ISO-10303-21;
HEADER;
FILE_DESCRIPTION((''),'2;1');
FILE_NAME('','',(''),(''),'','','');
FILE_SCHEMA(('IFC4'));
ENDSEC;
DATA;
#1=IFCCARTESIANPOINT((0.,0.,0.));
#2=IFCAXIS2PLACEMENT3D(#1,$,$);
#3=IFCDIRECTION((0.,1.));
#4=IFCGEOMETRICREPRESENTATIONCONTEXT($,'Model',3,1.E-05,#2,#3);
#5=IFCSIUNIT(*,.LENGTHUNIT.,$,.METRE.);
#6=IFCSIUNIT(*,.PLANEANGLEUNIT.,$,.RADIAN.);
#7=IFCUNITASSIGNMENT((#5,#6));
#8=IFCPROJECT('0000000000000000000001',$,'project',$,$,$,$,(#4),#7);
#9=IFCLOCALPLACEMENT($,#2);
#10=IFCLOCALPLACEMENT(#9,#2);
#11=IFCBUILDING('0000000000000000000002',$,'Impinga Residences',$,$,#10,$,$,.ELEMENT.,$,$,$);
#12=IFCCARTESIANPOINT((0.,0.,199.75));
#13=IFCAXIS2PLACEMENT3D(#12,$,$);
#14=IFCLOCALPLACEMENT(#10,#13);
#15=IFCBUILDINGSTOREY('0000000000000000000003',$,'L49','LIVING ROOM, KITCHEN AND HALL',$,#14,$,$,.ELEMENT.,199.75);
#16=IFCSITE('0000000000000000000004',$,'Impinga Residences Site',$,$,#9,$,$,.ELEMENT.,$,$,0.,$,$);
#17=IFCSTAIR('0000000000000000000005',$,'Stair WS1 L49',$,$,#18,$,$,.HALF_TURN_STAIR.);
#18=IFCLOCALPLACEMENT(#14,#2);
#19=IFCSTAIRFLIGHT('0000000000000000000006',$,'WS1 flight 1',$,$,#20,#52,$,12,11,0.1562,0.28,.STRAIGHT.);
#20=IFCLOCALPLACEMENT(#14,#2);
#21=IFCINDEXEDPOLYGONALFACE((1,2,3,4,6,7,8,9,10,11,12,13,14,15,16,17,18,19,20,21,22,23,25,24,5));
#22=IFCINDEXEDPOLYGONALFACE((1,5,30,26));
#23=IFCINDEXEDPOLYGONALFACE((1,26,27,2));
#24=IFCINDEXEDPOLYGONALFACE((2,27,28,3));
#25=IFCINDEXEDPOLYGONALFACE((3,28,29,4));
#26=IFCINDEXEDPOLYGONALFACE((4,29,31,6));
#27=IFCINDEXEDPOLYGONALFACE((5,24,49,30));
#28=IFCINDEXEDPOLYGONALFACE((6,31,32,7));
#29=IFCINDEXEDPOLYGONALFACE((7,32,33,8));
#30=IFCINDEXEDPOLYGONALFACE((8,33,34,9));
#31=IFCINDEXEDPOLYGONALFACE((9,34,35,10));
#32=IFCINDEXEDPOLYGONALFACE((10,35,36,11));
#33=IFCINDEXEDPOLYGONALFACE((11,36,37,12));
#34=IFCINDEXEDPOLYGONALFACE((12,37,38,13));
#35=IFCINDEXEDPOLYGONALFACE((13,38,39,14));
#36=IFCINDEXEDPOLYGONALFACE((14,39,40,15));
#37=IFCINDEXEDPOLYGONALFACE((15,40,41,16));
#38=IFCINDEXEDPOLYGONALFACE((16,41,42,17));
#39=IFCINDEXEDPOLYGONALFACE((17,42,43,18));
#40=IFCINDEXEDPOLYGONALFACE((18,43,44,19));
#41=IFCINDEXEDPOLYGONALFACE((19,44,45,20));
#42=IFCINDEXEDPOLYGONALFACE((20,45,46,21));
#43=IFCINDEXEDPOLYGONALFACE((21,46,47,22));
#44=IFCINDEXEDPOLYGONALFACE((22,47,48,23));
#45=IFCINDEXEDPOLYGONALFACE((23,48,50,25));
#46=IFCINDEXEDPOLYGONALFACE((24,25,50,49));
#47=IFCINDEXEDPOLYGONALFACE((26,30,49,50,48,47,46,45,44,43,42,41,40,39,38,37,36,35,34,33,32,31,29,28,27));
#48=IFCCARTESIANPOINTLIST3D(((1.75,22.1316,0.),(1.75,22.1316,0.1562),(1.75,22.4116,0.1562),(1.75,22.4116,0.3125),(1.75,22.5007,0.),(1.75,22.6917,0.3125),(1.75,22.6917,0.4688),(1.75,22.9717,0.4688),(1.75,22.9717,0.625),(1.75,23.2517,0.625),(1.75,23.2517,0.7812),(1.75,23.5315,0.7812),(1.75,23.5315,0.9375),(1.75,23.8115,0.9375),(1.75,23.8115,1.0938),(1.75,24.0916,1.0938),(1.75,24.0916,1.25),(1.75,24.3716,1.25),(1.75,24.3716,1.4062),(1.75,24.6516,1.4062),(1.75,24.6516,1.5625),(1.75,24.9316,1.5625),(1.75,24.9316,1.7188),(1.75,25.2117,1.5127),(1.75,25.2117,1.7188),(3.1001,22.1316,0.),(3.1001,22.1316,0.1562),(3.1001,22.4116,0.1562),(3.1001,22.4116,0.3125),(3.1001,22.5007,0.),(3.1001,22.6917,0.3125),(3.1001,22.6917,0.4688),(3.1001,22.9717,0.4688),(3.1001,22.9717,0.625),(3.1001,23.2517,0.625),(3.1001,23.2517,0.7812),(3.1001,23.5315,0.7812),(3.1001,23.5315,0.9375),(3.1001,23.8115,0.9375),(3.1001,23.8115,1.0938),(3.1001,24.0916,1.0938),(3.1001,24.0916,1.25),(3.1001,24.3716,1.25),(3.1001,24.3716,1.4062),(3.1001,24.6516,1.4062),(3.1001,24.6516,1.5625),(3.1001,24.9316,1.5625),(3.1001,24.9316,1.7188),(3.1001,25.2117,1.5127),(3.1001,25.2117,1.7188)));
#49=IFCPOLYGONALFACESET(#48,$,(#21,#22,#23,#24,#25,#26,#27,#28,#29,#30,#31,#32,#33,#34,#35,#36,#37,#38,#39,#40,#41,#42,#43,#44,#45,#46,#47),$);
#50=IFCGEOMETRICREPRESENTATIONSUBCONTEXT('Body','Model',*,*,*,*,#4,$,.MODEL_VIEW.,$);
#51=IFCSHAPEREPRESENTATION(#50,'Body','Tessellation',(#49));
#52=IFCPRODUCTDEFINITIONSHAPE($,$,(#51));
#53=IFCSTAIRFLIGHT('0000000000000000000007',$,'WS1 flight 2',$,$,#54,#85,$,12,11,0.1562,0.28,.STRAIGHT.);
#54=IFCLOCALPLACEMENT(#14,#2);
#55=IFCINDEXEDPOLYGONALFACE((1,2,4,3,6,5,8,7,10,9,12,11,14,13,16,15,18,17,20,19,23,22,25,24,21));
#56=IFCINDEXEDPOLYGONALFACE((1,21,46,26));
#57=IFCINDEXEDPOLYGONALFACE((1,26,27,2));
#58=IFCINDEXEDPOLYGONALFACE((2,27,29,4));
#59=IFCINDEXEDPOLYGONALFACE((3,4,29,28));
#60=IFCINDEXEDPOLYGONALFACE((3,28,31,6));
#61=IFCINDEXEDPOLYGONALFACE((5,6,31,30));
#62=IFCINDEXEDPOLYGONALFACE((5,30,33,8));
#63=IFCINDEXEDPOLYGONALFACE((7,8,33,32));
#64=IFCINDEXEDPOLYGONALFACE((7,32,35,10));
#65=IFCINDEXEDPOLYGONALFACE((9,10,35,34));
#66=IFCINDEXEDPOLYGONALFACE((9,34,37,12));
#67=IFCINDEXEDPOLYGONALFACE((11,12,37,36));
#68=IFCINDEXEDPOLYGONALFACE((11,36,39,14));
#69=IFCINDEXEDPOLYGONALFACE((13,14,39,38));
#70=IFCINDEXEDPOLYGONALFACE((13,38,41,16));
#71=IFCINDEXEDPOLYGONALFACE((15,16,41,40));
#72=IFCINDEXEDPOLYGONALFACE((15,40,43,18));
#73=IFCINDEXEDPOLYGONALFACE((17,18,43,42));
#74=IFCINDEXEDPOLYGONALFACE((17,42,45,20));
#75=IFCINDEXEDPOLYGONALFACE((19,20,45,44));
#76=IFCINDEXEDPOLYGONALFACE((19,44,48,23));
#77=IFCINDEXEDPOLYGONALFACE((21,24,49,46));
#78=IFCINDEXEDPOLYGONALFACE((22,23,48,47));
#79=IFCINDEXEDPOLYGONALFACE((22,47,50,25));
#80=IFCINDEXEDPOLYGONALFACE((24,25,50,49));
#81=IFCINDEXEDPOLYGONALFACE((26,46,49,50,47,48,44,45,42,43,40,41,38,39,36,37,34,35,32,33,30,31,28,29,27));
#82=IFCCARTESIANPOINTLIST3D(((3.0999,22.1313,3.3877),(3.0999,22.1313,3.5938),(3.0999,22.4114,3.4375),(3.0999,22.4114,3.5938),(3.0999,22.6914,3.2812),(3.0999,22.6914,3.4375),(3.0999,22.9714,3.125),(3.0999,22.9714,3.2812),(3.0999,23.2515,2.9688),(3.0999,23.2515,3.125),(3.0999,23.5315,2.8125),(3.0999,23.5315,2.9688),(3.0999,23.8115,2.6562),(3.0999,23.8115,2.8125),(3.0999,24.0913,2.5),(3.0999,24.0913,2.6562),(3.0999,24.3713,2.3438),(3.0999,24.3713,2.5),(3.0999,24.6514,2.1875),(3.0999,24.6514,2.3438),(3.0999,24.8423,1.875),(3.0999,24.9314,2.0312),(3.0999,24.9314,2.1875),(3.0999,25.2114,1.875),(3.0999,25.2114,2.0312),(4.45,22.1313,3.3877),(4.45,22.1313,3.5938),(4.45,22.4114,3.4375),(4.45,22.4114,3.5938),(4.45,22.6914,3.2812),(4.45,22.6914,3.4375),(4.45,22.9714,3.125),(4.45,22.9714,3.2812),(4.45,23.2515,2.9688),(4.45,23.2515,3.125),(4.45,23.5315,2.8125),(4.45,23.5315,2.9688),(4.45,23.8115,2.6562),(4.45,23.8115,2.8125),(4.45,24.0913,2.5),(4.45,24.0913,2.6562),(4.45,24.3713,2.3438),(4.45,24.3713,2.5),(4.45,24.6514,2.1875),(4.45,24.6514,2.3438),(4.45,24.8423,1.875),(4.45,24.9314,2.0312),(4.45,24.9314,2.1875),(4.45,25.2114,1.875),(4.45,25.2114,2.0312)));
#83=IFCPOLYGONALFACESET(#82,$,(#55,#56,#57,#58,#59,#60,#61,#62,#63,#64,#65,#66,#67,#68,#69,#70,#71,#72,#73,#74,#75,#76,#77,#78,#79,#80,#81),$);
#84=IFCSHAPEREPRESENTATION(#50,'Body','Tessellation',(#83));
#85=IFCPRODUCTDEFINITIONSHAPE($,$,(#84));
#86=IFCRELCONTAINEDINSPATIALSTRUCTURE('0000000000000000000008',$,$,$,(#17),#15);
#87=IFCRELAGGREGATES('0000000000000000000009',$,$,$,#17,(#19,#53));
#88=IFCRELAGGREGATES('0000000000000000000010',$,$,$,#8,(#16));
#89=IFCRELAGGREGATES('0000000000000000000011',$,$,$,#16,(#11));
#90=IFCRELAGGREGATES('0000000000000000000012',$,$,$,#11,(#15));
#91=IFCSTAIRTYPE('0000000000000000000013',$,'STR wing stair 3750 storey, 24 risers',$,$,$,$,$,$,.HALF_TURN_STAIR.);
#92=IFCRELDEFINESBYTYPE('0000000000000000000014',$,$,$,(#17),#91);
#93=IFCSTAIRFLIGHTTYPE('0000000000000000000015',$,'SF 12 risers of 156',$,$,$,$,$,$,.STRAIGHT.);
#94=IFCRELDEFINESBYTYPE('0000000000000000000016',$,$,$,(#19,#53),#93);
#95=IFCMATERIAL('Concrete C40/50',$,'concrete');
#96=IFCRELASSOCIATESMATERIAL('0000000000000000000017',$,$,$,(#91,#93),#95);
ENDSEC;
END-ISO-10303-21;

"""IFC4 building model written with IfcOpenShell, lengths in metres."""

from ifc_helpers import new_model, si_unit, direction, frame, origin, place, context, subcontext, project, spatial, polyline, outline, extrude, material, type_object, element, aggregate, save


model = new_model("IFC4")

# Units and contexts
model_context = context("Model", 3, precision=1e-05, world=origin(), true_north=direction((0.0, 1.0)))
body_context = subcontext(model_context, "Body", "Model", "MODEL_VIEW")
ifc_project = project(units=[si_unit("LENGTHUNIT", "METRE"), si_unit("PLANEANGLEUNIT", "RADIAN")], contexts=[model_context])

# Site, building, storey
site_placement = place(None, origin())
site = spatial("IfcSite", under=ifc_project, at=site_placement, Name="Impinga Residences Site", CompositionType="ELEMENT", RefElevation=0.0)
building_placement = place(site_placement, origin())
building = spatial("IfcBuilding", under=site, at=building_placement, Name="Impinga Residences", CompositionType="ELEMENT")
storey_placement = place(building_placement, frame((0.0, 0.0, 199.75)))
storey = spatial("IfcBuildingStorey", under=building, at=storey_placement, Name="L49", Description="LIVING ROOM, KITCHEN AND HALL", CompositionType="ELEMENT", Elevation=199.75)

# Stair, stair flights
ifc_material_1 = material(Name="Concrete C40/50", Category="concrete")
stair_type = type_object("IfcStairType", Name="STR wing stair 3750 storey, 24 risers", PredefinedType="HALF_TURN_STAIR", material=ifc_material_1)
stair_placement = place(storey_placement, origin())
stair = element("IfcStair", 1, at=stair_placement, inside=storey, type_object=stair_type, Name="Stair WS1 L49", PredefinedType="HALF_TURN_STAIR")
stair_flight_type = type_object("IfcStairFlightType", Name="SF 12 risers of 156", PredefinedType="STRAIGHT", material=ifc_material_1)
stair_flight_1_placement = place(storey_placement, frame((2.425, 22.1316, 0.0), z_axis=(0.0, 0.0, 1.0), x_axis=(0.0, 1.0, 0.0)))
stair_flight_1 = element("IfcStairFlight", 2, at=stair_flight_1_placement, type_object=stair_flight_type, Name="WS1 flight 1", NumberOfRisers=12, NumberOfTreads=11, PredefinedType="STRAIGHT", RiserHeight=0.1562, TreadLength=0.28, context=body_context, shape_type="SweptSolid", body=[
    extrude(outline(polyline([(0.0, 0.0), (0.0, 0.1562), (0.28, 0.1562), (0.28, 0.3125), (0.5601, 0.3125), (0.5601, 0.4688), (0.8401, 0.4688), (0.8401, 0.625), (1.1201, 0.625), (1.1201, 0.7812), (1.3999, 0.7812), (1.3999, 0.9375), (1.6799, 0.9375), (1.6799, 1.0938), (1.96, 1.0938), (1.96, 1.25), (2.24, 1.25), (2.24, 1.4062), (2.52, 1.4062), (2.52, 1.5625), (2.8, 1.5625), (2.8, 1.7188), (3.0801, 1.7188), (3.0801, 1.875), (3.0801, 1.5127), (0.3691, 0.0), (0.0, 0.0)])), frame((0.0, 0.675, 0.0), z_axis=(0.0, -1.0, 0.0), x_axis=(1.0, 0.0, 0.0)), (0.0, 0.0, 1.0), 1.3501),
])
stair_flight_2_placement = place(storey_placement, frame((3.7749, 25.2114, 1.875), z_axis=(0.0, 0.0, 1.0), x_axis=(0.0, -1.0, 0.0)))
stair_flight_2 = element("IfcStairFlight", 3, at=stair_flight_2_placement, type_object=stair_flight_type, Name="WS1 flight 2", NumberOfRisers=12, NumberOfTreads=11, PredefinedType="STRAIGHT", RiserHeight=0.1562, TreadLength=0.28, context=body_context, shape_type="SweptSolid", body=[
    extrude(outline(polyline([(0.0, 0.0), (0.0, 0.1562), (0.28, 0.1562), (0.28, 0.3125), (0.5601, 0.3125), (0.5601, 0.4688), (0.8401, 0.4688), (0.8401, 0.625), (1.1201, 0.625), (1.1201, 0.7812), (1.3999, 0.7812), (1.3999, 0.9375), (1.6799, 0.9375), (1.6799, 1.0938), (1.96, 1.0938), (1.96, 1.25), (2.24, 1.25), (2.24, 1.4062), (2.52, 1.4062), (2.52, 1.5625), (2.8, 1.5625), (2.8, 1.7188), (3.0801, 1.7188), (3.0801, 1.875), (3.0801, 1.5127), (0.3691, 0.0), (0.0, 0.0)])), frame((0.0, 0.675, 0.0), z_axis=(0.0, -1.0, 0.0), x_axis=(1.0, 0.0, 0.0)), (0.0, 0.0, 1.0), 1.3501),
])
aggregate(stair, [stair_flight_1, stair_flight_2])

save(model, "model.ifc")
